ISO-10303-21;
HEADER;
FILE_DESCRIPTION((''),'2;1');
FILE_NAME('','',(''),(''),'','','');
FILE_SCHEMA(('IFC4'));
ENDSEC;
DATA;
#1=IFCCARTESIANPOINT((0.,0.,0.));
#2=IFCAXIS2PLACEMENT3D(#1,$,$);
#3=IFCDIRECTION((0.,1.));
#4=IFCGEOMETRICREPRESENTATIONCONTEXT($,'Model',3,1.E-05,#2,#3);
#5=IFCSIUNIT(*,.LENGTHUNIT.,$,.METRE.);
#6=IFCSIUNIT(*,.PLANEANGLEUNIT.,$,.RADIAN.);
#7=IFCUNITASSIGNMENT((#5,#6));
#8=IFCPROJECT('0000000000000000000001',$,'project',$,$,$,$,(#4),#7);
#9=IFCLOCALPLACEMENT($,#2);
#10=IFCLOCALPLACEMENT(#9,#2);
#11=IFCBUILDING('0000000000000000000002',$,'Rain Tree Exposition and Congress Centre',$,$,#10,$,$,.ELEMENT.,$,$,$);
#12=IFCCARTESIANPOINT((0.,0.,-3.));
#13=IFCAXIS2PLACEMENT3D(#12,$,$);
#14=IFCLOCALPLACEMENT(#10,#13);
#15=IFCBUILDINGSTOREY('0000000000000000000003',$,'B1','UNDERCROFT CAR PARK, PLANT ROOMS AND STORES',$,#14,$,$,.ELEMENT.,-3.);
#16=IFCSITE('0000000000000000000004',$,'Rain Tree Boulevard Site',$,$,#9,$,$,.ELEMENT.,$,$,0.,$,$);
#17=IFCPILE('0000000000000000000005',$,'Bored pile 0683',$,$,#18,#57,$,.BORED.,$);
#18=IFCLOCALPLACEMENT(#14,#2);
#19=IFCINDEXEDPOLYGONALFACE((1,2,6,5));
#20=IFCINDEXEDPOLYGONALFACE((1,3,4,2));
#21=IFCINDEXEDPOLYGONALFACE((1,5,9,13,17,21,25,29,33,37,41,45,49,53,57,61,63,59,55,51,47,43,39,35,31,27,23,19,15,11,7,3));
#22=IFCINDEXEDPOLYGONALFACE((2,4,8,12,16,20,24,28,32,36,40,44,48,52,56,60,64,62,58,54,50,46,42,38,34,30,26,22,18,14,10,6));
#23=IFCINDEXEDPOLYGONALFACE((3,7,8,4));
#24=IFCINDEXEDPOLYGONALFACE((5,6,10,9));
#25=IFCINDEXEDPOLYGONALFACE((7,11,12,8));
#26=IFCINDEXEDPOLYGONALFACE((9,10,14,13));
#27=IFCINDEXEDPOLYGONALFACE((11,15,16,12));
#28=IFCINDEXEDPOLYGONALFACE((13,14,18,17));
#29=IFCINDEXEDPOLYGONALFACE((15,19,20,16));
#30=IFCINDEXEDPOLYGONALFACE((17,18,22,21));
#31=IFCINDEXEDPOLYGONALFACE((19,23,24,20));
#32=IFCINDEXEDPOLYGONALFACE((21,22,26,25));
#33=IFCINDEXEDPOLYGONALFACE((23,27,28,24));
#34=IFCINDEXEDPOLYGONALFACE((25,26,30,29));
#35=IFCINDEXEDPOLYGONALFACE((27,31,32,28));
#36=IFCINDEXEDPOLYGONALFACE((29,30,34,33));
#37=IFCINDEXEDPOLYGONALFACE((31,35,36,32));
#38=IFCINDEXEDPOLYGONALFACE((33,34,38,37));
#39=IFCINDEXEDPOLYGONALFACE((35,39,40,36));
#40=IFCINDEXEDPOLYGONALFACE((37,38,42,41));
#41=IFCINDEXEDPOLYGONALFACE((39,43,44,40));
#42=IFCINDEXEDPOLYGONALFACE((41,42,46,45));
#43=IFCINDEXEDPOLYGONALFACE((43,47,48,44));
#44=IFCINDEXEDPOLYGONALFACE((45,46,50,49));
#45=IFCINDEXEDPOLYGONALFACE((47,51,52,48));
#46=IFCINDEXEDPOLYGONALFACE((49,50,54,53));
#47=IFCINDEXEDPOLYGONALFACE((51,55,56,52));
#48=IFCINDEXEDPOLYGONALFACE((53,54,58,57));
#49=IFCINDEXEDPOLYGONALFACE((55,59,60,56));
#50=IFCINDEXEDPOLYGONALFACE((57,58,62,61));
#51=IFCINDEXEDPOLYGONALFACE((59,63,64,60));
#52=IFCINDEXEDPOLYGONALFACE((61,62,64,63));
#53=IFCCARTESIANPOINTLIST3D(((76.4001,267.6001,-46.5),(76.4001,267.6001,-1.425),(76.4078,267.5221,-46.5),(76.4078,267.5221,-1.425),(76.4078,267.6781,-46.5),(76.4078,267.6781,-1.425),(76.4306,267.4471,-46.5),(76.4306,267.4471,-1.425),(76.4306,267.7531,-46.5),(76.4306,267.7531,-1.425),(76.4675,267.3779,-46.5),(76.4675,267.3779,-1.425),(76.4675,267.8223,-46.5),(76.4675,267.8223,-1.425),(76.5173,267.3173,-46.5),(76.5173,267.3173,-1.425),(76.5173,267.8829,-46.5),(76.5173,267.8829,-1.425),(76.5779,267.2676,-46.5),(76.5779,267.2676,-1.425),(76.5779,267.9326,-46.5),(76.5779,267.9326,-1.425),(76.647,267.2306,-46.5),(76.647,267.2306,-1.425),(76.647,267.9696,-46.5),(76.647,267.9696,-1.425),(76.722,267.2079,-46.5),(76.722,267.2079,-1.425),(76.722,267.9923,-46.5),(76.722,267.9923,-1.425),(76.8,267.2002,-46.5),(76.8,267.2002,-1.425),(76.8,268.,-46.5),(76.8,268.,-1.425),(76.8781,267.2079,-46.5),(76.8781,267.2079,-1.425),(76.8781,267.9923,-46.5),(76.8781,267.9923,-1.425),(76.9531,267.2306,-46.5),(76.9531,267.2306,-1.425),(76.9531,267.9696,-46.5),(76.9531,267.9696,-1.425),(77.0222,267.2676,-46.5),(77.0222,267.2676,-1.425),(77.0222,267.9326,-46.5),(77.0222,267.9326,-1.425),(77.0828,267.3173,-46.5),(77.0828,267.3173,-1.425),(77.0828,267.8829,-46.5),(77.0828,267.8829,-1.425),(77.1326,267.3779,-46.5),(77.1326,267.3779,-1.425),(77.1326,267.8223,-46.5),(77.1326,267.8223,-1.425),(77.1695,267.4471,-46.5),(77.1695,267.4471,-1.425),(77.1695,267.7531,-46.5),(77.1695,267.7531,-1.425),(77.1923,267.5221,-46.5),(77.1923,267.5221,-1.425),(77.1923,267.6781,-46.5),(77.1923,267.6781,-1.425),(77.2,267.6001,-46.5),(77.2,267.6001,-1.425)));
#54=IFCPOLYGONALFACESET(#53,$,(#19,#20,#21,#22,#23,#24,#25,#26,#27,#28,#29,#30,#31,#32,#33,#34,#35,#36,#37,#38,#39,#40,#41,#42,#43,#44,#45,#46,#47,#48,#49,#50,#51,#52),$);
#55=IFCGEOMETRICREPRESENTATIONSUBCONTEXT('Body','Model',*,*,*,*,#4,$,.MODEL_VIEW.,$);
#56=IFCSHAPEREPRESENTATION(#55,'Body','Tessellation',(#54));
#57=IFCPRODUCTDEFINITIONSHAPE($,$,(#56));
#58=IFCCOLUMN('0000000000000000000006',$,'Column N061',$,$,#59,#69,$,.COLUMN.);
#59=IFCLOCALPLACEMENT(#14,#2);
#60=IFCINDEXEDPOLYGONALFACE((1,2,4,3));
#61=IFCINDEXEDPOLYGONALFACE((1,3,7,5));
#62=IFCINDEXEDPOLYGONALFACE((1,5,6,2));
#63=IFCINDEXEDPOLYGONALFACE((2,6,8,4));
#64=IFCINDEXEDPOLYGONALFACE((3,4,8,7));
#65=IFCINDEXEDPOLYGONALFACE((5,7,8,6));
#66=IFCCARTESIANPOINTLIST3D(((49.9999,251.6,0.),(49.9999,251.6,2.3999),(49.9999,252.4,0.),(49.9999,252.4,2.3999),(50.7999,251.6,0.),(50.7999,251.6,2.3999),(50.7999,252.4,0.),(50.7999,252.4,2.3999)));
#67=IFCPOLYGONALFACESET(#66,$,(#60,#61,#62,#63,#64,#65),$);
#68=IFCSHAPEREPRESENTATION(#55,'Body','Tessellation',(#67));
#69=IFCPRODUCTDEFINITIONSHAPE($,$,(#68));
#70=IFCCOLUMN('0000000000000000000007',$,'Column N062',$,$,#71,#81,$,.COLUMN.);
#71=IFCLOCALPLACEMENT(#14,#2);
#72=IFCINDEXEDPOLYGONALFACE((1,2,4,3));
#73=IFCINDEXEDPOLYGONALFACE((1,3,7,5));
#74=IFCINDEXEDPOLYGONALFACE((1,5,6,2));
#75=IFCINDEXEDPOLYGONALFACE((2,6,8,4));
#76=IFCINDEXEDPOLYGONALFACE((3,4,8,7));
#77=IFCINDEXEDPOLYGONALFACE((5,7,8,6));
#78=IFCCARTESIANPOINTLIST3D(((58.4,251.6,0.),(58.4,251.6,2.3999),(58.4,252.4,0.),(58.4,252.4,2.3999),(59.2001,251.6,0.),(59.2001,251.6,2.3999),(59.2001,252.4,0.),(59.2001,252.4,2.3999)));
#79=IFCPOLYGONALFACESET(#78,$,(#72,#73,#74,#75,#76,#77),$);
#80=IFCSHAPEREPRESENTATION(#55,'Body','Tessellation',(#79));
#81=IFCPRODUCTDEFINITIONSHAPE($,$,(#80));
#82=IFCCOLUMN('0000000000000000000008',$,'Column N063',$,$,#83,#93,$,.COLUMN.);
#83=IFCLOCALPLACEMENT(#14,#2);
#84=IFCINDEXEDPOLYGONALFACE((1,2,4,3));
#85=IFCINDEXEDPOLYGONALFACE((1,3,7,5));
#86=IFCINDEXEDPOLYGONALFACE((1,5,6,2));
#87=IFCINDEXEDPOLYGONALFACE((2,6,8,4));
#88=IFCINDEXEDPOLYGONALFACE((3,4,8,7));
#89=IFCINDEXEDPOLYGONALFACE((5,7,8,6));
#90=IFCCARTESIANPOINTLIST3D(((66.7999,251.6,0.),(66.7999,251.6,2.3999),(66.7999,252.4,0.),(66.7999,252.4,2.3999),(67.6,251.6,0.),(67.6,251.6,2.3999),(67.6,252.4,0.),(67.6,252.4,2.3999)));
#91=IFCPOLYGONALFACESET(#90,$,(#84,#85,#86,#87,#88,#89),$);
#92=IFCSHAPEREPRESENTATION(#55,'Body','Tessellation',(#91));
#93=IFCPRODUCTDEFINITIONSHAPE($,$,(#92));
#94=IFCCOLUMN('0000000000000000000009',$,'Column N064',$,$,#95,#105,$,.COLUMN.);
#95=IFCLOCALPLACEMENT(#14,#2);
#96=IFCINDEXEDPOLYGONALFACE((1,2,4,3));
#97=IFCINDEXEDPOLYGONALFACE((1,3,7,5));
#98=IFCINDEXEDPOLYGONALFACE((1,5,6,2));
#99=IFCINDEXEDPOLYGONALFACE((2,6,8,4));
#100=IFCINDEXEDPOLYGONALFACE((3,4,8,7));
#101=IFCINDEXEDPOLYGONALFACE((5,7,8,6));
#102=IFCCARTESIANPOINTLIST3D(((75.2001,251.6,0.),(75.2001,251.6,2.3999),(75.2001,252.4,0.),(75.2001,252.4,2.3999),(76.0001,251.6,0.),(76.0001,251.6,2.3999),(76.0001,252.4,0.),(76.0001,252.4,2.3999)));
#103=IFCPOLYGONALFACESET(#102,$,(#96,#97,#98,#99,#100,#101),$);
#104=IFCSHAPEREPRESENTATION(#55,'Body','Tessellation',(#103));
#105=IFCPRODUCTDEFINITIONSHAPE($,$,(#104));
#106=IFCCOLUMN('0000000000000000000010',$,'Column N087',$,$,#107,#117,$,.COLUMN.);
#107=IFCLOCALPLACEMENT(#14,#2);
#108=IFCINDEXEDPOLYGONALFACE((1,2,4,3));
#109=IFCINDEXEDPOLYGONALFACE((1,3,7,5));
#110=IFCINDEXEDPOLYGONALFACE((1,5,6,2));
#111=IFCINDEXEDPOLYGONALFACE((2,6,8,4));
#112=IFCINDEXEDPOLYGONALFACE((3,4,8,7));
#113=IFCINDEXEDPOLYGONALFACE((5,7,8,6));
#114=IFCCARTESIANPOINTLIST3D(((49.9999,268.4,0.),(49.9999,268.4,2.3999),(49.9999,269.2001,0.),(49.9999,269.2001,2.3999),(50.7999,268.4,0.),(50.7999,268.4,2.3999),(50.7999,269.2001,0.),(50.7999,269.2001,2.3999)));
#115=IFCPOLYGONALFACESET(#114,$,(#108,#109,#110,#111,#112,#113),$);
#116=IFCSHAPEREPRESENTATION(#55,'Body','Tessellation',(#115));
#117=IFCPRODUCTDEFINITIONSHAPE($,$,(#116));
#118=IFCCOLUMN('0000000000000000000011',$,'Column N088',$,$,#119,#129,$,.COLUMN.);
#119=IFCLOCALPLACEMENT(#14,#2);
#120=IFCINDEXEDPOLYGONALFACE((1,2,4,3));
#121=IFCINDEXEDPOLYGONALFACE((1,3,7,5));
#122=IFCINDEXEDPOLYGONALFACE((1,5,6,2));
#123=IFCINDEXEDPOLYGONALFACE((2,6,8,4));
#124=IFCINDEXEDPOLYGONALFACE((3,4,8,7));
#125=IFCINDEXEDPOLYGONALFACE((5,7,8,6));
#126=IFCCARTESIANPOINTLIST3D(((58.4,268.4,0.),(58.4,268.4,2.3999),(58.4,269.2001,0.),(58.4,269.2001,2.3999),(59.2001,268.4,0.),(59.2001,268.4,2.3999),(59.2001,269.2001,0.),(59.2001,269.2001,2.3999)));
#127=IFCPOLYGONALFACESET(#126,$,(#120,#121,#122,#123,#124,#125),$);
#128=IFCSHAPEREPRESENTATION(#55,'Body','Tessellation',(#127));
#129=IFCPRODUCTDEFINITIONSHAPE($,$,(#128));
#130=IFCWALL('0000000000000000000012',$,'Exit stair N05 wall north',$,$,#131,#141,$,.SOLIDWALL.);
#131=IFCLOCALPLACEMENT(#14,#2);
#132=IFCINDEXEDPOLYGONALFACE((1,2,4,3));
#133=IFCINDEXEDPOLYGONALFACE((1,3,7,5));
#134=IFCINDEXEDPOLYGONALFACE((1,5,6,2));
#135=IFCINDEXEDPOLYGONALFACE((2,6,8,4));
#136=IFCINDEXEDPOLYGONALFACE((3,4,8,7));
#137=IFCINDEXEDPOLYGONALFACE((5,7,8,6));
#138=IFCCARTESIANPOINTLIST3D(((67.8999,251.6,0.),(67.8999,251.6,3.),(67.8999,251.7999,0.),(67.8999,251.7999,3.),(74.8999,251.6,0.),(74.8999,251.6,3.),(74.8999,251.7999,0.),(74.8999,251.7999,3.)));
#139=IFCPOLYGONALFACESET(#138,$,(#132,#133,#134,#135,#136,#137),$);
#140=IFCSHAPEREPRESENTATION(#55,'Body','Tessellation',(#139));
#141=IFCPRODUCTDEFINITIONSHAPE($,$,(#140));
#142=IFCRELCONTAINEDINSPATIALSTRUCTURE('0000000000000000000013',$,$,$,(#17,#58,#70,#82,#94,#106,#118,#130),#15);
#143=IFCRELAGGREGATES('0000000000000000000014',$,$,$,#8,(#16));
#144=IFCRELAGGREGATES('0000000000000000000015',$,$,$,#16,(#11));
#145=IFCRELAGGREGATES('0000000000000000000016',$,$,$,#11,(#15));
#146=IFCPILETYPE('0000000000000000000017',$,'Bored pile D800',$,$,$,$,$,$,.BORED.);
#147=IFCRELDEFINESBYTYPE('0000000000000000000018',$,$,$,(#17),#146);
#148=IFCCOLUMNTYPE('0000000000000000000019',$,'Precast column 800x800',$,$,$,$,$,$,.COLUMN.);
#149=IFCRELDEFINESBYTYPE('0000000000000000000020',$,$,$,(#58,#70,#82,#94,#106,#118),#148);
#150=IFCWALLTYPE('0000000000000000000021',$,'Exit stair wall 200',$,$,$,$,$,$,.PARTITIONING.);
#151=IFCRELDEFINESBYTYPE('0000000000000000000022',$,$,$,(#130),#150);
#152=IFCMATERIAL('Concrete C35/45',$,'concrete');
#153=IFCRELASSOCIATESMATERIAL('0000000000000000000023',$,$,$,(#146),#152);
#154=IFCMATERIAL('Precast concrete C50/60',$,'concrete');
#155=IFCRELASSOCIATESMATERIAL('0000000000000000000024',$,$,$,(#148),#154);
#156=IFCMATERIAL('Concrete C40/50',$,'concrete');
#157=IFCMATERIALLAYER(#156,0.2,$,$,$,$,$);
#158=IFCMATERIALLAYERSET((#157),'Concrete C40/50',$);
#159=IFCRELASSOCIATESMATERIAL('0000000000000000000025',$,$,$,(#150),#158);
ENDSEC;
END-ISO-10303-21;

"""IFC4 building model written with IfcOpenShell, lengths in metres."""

from ifc_helpers import new_model, si_unit, direction, frame, frame_2d, origin, origin_2d, place, context, subcontext, project, spatial, rectangle, circle, extrude, material, layer, layer_set, material_profile, profile_set, type_object, element, save


model = new_model("IFC4")

# Units and contexts
model_context = context("Model", 3, precision=1e-05, world=origin(), true_north=direction((0.0, 1.0)))
body_context = subcontext(model_context, "Body", "Model", "MODEL_VIEW")
ifc_project = project(units=[si_unit("LENGTHUNIT", "METRE"), si_unit("PLANEANGLEUNIT", "RADIAN")], contexts=[model_context])

# Site, building, storey
site_placement = place(None, origin())
site = spatial("IfcSite", under=ifc_project, at=site_placement, Name="Rain Tree Boulevard Site", CompositionType="ELEMENT", RefElevation=0.0)
building_placement = place(site_placement, origin())
building = spatial("IfcBuilding", under=site, at=building_placement, Name="Rain Tree Exposition and Congress Centre", CompositionType="ELEMENT")
storey_placement = place(building_placement, frame((0.0, 0.0, -3.0)))
storey = spatial("IfcBuildingStorey", under=building, at=storey_placement, Name="B1", Description="UNDERCROFT CAR PARK, PLANT ROOMS AND STORES", CompositionType="ELEMENT", Elevation=-3.0)

# Pile
ifc_material_1 = material(Name="Concrete C35/45", Category="concrete")
ifc_material_profile_1 = material_profile(ifc_material_1, circle(Radius=0.3999, at=origin_2d()), Name="D800")
ifc_profile_set_1 = profile_set([ifc_material_profile_1], Name="Concrete C35/45")
pile_type_1 = type_object("IfcPileType", Name="Bored pile D800", PredefinedType="BORED", material=ifc_profile_set_1)
for number, where, z_axis, x_axis, name in (
    (1, (76.8, 267.6001, -1.425), (0.0, 0.0, -1.0), (1.0, 0.0, 0.0), "Bored pile 0683"),
):
    element("IfcPile", number, at=place(storey_placement, frame(where, z_axis=z_axis, x_axis=x_axis)), inside=storey, type_object=pile_type_1, Name=name, PredefinedType="BORED", context=body_context, shape_type="SweptSolid", body=[
        extrude(circle(Radius=0.3999, at=origin_2d()), origin(), (0.0, 0.0, 1.0), 45.075),
    ])

# Columns
ifc_material_2 = material(Name="Precast concrete C50/60", Category="concrete")
ifc_material_profile_2 = material_profile(ifc_material_2, rectangle(XDim=0.8, YDim=0.8, at=origin_2d()), Name="RC 800x800")
ifc_profile_set_2 = profile_set([ifc_material_profile_2], Name="Precast concrete C50/60")
column_type = type_object("IfcColumnType", Name="Precast column 800x800", PredefinedType="COLUMN", material=ifc_profile_set_2)
for number, where, z_axis, x_axis, name in (
    (2, (50.3999, 252.0, 0.0), (0.0, 0.0, 1.0), (1.0, 0.0, 0.0), "Column N061"),
    (3, (58.8, 252.0, 0.0), (0.0, 0.0, 1.0), (1.0, 0.0, 0.0), "Column N062"),
    (4, (67.2, 252.0, 0.0), (0.0, 0.0, 1.0), (1.0, 0.0, 0.0), "Column N063"),
    (5, (75.6001, 252.0, 0.0), (0.0, 0.0, 1.0), (1.0, 0.0, 0.0), "Column N064"),
    (6, (50.3999, 268.8, 0.0), (0.0, 0.0, 1.0), (1.0, 0.0, 0.0), "Column N087"),
    (7, (58.8, 268.8, 0.0), (0.0, 0.0, 1.0), (1.0, 0.0, 0.0), "Column N088"),
):
    element("IfcColumn", number, at=place(storey_placement, frame(where, z_axis=z_axis, x_axis=x_axis)), inside=storey, type_object=column_type, Name=name, PredefinedType="COLUMN", context=body_context, shape_type="SweptSolid", body=[
        extrude(rectangle(XDim=0.8, YDim=0.8, at=origin_2d()), origin(), (0.0, 0.0, 1.0), 2.3999),
    ])

# Wall
ifc_material_3 = material(Name="Concrete C40/50", Category="concrete")
ifc_layer = layer(ifc_material_3, 0.2)
ifc_layer_set = layer_set([ifc_layer], Name="Concrete C40/50")
wall_type = type_object("IfcWallType", Name="Exit stair wall 200", PredefinedType="PARTITIONING", material=ifc_layer_set)
wall_placement = place(storey_placement, frame((67.8999, 251.7, 0.0), z_axis=(0.0, 0.0, 1.0), x_axis=(1.0, 0.0, 0.0)))
element("IfcWall", 8, at=wall_placement, inside=storey, type_object=wall_type, Name="Exit stair N05 wall north", PredefinedType="SOLIDWALL", context=body_context, shape_type="SweptSolid", body=[
    extrude(rectangle(XDim=7.0, YDim=0.2, at=frame_2d((3.5, 0.0))), origin(), (0.0, 0.0, 1.0), 3.0),
])

save(model, "model.ifc")
